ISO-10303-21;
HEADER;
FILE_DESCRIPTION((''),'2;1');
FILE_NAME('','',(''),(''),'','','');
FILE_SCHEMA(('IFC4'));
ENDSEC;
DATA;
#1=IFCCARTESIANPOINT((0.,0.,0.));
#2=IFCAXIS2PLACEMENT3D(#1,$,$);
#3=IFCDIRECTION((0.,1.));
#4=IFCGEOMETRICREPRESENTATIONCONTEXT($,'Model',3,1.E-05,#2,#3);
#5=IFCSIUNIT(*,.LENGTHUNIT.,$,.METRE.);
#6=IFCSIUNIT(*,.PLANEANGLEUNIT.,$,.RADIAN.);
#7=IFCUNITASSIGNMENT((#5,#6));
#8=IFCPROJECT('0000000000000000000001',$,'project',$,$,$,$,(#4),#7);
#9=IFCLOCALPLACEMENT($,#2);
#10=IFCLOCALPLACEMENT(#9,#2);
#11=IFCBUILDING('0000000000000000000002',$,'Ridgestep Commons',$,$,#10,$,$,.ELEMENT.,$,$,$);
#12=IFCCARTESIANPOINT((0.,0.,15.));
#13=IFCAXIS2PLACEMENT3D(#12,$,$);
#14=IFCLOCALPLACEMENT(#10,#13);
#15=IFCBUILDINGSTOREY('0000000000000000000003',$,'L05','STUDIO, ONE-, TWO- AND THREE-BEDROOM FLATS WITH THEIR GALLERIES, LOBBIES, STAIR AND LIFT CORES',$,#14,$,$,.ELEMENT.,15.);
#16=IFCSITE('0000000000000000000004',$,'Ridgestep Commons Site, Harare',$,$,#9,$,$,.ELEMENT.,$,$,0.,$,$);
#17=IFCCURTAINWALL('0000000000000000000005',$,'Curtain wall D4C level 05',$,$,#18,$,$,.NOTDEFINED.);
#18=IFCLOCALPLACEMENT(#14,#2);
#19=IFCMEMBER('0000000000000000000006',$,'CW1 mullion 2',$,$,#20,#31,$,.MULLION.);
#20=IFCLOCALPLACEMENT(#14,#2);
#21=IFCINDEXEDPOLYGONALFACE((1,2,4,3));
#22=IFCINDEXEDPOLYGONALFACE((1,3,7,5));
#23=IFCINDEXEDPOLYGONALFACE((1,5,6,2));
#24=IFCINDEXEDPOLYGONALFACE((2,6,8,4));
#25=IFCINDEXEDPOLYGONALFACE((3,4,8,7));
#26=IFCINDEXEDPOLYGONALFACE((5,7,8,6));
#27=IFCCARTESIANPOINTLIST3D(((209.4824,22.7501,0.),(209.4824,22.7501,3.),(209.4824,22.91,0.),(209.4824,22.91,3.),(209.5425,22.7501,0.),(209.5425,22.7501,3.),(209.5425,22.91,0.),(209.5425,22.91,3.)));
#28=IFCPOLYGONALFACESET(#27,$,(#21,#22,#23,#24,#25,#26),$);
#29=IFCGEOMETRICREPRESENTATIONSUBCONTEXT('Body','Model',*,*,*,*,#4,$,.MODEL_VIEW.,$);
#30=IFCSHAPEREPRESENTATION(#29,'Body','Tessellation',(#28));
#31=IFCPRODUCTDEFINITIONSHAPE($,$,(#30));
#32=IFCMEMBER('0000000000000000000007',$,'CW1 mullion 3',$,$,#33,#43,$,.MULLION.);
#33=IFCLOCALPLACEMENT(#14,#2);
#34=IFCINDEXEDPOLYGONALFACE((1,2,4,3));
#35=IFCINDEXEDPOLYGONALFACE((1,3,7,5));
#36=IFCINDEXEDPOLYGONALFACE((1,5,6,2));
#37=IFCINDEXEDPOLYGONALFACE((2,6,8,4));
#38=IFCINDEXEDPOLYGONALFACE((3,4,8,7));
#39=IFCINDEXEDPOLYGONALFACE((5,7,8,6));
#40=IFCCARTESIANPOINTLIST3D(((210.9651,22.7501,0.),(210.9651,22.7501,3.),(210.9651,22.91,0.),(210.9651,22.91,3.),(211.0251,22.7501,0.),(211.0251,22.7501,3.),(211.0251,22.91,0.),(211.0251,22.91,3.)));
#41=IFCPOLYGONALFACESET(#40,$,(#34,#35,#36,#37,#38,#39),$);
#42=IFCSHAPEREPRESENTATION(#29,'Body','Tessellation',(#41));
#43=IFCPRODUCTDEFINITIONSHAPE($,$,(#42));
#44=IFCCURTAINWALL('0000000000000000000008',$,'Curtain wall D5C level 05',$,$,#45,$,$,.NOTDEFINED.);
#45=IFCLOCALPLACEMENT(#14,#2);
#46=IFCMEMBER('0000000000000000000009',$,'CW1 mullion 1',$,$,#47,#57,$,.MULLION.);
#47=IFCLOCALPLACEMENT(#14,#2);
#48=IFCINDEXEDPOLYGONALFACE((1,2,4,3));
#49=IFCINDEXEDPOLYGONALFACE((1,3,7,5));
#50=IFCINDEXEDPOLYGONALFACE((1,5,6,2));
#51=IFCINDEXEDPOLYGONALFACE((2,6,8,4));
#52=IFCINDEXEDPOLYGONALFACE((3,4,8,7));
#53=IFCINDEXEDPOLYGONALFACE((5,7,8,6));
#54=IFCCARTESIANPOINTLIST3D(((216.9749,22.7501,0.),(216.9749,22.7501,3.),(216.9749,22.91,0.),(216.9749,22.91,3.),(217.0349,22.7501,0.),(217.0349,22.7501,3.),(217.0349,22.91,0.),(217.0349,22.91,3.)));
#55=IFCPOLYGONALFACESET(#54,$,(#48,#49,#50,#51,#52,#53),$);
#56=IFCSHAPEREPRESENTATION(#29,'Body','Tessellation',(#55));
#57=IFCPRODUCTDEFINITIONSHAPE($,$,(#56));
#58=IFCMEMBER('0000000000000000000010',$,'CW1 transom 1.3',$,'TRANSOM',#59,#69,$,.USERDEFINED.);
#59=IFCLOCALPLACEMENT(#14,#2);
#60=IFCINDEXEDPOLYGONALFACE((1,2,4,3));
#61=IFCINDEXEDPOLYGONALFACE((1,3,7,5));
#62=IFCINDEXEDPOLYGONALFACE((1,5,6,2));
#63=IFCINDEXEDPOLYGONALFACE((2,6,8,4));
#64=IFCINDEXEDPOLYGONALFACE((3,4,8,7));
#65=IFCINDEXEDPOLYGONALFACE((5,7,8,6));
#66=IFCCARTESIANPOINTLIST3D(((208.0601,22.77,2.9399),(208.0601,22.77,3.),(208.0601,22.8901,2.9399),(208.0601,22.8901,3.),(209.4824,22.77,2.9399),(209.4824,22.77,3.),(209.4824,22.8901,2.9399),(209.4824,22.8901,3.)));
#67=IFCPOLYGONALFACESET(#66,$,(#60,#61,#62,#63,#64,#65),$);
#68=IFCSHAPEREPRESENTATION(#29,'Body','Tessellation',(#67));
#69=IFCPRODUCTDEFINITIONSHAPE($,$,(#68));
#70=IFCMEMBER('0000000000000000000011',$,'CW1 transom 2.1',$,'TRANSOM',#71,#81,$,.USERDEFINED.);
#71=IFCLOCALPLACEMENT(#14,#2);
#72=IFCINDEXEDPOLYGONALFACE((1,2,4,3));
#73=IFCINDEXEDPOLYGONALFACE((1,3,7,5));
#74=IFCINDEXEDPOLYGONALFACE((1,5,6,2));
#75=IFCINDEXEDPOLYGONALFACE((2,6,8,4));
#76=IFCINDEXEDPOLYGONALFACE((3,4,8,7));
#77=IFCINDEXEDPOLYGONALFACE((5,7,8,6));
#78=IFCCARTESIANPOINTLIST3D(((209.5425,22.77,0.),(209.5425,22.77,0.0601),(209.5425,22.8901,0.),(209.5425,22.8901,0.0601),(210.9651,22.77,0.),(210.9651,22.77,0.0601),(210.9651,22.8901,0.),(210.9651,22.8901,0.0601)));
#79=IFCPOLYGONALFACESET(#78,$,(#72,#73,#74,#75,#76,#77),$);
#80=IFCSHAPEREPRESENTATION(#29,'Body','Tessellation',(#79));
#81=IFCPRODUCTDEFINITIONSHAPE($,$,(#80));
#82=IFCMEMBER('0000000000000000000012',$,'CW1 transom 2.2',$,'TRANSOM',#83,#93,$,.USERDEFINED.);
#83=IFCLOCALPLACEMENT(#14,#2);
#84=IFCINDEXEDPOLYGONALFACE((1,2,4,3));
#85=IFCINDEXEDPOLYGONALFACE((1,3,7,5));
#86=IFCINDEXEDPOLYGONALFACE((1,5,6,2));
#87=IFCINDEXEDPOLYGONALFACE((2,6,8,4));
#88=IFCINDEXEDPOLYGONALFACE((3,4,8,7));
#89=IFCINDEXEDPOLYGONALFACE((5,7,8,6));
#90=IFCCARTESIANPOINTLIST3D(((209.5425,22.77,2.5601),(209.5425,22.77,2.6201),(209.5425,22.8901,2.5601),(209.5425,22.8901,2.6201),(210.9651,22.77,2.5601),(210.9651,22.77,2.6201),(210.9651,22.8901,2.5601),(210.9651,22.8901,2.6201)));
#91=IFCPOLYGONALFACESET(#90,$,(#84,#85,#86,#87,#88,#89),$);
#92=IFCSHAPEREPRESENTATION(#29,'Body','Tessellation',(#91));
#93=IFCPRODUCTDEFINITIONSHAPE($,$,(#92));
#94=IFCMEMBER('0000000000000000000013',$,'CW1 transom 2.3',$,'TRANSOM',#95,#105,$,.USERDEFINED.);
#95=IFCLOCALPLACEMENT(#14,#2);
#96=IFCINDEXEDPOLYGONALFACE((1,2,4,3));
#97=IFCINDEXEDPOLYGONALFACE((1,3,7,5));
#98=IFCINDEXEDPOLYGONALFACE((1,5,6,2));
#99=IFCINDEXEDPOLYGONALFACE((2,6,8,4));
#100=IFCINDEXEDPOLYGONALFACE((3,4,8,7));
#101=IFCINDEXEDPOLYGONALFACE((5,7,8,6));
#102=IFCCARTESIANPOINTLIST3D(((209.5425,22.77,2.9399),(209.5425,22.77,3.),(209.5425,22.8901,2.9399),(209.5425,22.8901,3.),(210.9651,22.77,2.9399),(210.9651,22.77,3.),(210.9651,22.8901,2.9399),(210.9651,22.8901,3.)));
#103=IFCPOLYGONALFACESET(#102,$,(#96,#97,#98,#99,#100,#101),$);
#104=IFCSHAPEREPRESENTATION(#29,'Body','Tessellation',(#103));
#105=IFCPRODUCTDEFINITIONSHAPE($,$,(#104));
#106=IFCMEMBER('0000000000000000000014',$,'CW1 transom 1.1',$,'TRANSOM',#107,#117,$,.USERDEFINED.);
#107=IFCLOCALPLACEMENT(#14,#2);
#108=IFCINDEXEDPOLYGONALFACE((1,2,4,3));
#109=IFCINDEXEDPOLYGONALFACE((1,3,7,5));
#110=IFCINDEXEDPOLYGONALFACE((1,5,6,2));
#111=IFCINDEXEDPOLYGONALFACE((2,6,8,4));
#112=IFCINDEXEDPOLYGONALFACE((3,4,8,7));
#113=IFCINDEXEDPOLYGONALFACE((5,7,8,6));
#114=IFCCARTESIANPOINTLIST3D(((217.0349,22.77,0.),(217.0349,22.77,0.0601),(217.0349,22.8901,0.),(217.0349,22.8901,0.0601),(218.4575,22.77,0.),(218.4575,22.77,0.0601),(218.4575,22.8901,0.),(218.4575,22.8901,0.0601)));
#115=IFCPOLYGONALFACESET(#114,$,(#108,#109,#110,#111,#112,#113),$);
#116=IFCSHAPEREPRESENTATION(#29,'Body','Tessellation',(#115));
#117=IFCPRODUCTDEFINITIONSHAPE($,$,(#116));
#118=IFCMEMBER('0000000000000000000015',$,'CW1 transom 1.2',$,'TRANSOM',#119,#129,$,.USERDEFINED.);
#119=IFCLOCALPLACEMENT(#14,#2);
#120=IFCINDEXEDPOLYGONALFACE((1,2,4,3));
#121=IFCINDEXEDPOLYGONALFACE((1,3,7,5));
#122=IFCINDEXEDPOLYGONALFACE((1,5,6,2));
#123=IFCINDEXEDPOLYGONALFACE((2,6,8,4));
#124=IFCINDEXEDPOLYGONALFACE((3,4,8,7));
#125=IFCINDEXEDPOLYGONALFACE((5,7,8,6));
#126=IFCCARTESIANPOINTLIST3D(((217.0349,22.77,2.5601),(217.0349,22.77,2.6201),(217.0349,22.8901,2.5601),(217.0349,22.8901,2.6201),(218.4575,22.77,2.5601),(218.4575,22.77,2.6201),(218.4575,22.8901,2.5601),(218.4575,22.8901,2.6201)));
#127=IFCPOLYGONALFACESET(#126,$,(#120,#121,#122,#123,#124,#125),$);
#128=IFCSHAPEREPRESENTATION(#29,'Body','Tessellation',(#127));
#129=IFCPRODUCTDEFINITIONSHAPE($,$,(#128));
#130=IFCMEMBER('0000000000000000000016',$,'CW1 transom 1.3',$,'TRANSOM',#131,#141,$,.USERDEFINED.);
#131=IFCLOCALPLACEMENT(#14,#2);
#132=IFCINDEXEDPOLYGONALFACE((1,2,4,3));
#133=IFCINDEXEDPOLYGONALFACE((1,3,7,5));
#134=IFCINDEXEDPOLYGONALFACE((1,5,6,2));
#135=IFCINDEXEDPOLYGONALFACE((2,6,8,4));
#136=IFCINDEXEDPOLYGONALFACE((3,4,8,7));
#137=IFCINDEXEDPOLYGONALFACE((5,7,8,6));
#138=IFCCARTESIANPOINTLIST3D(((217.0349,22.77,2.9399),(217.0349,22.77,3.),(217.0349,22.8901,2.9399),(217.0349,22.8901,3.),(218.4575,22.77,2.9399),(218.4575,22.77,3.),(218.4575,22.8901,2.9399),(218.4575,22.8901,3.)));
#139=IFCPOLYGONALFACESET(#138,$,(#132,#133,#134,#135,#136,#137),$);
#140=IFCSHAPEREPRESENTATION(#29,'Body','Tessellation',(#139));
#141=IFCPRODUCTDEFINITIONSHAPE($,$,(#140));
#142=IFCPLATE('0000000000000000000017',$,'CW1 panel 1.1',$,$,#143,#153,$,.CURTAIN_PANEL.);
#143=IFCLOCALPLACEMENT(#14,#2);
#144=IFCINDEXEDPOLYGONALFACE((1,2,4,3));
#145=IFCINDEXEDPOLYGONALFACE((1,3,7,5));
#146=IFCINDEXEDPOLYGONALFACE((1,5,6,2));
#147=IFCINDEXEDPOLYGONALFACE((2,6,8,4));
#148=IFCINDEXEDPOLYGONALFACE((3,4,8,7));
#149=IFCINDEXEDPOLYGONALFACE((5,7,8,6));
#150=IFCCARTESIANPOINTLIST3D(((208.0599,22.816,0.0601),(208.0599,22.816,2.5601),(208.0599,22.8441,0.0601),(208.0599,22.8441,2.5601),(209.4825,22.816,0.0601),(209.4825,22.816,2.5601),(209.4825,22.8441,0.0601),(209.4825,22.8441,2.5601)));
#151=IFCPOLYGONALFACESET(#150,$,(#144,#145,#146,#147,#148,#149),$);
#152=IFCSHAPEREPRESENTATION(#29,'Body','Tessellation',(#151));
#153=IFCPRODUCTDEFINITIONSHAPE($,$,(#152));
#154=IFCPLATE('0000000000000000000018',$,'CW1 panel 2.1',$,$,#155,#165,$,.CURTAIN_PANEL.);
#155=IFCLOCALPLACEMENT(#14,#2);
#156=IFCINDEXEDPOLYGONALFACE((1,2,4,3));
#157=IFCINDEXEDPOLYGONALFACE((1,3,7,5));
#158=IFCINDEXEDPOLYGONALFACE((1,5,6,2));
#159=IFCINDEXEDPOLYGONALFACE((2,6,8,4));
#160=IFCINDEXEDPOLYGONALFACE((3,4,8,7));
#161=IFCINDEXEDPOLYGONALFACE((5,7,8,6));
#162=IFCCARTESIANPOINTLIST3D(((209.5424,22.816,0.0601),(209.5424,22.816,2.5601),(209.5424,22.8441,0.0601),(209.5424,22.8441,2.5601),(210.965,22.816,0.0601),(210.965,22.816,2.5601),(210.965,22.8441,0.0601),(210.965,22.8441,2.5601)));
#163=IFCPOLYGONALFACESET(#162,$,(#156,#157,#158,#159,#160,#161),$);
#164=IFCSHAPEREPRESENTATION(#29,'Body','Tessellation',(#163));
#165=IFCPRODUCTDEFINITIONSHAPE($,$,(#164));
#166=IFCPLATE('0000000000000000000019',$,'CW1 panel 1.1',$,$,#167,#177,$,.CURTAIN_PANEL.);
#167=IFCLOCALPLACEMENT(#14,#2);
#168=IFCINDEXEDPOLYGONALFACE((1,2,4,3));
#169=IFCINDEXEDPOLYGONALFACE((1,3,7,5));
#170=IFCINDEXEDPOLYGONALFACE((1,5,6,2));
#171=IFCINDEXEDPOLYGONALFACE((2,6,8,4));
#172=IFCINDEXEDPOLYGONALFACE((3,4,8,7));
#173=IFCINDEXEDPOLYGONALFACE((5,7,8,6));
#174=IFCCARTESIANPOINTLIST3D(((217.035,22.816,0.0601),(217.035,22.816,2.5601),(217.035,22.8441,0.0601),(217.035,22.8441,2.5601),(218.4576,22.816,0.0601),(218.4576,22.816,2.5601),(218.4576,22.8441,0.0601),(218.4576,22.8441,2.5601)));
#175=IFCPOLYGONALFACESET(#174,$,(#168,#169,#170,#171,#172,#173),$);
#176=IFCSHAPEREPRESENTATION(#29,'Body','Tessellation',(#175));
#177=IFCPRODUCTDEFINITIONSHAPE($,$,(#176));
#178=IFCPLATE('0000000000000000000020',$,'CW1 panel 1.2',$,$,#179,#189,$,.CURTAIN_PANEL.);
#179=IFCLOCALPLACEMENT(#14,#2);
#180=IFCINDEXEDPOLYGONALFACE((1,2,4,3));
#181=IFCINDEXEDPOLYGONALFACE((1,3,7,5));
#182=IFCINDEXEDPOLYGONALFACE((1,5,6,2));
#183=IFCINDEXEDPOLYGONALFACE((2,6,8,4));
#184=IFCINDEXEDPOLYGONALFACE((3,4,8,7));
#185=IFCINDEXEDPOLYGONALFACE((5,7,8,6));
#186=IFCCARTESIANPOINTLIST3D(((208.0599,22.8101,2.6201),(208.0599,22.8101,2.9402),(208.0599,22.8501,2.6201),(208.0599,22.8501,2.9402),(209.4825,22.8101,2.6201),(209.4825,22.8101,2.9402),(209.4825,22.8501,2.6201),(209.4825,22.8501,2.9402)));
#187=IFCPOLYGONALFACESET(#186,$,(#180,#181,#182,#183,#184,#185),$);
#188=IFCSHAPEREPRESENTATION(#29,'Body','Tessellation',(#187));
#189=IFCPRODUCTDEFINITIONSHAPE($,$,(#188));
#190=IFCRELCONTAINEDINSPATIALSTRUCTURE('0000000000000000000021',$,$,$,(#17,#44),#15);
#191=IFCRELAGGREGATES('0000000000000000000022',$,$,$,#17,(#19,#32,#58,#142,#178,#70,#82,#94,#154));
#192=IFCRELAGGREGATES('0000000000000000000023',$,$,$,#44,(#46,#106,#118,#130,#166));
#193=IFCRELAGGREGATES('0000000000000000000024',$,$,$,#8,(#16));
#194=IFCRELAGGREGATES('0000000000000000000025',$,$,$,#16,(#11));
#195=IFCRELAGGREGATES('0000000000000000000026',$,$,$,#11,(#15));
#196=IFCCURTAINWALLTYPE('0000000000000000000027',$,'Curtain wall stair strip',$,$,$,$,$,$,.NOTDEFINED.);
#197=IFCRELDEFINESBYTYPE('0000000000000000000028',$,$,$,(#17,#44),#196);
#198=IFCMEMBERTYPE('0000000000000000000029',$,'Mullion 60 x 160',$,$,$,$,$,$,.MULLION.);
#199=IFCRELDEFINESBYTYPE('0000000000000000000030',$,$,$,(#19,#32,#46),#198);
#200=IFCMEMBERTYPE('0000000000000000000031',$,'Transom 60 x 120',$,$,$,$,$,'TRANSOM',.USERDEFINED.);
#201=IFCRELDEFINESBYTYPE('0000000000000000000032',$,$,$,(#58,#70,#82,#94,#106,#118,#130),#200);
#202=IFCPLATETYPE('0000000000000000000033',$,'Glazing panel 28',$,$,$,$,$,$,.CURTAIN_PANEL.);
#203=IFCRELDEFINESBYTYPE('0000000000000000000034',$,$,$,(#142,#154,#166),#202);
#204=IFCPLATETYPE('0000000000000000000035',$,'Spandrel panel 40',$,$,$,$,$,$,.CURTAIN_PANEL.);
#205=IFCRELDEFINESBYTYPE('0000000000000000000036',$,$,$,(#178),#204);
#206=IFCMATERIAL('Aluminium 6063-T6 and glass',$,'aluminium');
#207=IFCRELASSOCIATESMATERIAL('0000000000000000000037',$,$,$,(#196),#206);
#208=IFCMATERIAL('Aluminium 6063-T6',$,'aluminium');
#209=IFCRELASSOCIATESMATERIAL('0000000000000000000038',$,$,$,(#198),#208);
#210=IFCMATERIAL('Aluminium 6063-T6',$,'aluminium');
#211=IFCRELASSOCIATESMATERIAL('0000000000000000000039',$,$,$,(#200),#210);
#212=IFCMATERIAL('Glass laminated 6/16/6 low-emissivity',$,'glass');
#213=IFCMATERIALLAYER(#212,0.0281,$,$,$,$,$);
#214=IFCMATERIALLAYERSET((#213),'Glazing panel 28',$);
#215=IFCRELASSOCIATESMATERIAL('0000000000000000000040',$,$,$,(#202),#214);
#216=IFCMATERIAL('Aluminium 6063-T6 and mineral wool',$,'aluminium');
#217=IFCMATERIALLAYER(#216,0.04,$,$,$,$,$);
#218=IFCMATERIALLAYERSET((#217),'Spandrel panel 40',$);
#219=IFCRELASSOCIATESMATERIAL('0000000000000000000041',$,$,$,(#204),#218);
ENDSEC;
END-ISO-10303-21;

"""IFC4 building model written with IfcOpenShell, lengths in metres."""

from ifc_helpers import new_model, si_unit, direction, frame, origin, origin_2d, place, context, subcontext, project, spatial, rectangle, extrude, material, layer, layer_set, material_profile, profile_set, type_object, element, aggregate, save


model = new_model("IFC4")

# Units and contexts
model_context = context("Model", 3, precision=1e-05, world=origin(), true_north=direction((0.0, 1.0)))
body_context = subcontext(model_context, "Body", "Model", "MODEL_VIEW")
ifc_project = project(units=[si_unit("LENGTHUNIT", "METRE"), si_unit("PLANEANGLEUNIT", "RADIAN")], contexts=[model_context])

# Site, building, storey
site_placement = place(None, origin())
site = spatial("IfcSite", under=ifc_project, at=site_placement, Name="Ridgestep Commons Site, Harare", CompositionType="ELEMENT", RefElevation=0.0)
building_placement = place(site_placement, origin())
building = spatial("IfcBuilding", under=site, at=building_placement, Name="Ridgestep Commons", CompositionType="ELEMENT")
storey_placement = place(building_placement, frame((0.0, 0.0, 15.0)))
storey = spatial("IfcBuildingStorey", under=building, at=storey_placement, Name="L05", Description="STUDIO, ONE-, TWO- AND THREE-BEDROOM FLATS WITH THEIR GALLERIES, LOBBIES, STAIR AND LIFT CORES", CompositionType="ELEMENT", Elevation=15.0)

# Curtain wall, members
ifc_material_1 = material(Name="Aluminium 6063-T6 and glass", Category="aluminium")
curtain_wall_type = type_object("IfcCurtainWallType", Name="Curtain wall stair strip", PredefinedType="NOTDEFINED", material=ifc_material_1)
curtain_wall_1_placement = place(storey_placement, origin())
curtain_wall_1 = element("IfcCurtainWall", 1, at=curtain_wall_1_placement, inside=storey, type_object=curtain_wall_type, Name="Curtain wall D4C level 05", PredefinedType="NOTDEFINED")
ifc_material_2 = material(Name="Aluminium 6063-T6", Category="aluminium")
ifc_material_profile_1 = material_profile(ifc_material_2, rectangle(XDim=0.1599, YDim=0.0601, at=origin_2d()), Name="Mullion 60 x 160")
ifc_profile_set_1 = profile_set([ifc_material_profile_1], Name="Aluminium 6063-T6")
member_type_1 = type_object("IfcMemberType", Name="Mullion 60 x 160", PredefinedType="MULLION", material=ifc_profile_set_1)
member_1_placement = place(storey_placement, frame((209.5125, 22.8301, 0.0), z_axis=(0.0, 0.0, 1.0), x_axis=(0.0, 1.0, 0.0)))
member_1 = element("IfcMember", 2, at=member_1_placement, type_object=member_type_1, Name="CW1 mullion 2", PredefinedType="MULLION", context=body_context, shape_type="SweptSolid", body=[
    extrude(rectangle(XDim=0.1599, YDim=0.0601, at=origin_2d()), origin(), (0.0, 0.0, 1.0), 3.0),
])
member_2_placement = place(storey_placement, frame((210.9951, 22.8301, 0.0), z_axis=(0.0, 0.0, 1.0), x_axis=(0.0, 1.0, 0.0)))
member_2 = element("IfcMember", 3, at=member_2_placement, type_object=member_type_1, Name="CW1 mullion 3", PredefinedType="MULLION", context=body_context, shape_type="SweptSolid", body=[
    extrude(rectangle(XDim=0.1599, YDim=0.0601, at=origin_2d()), origin(), (0.0, 0.0, 1.0), 3.0),
])

# Curtain wall, member
curtain_wall_2_placement = place(storey_placement, origin())
curtain_wall_2 = element("IfcCurtainWall", 4, at=curtain_wall_2_placement, inside=storey, type_object=curtain_wall_type, Name="Curtain wall D5C level 05", PredefinedType="NOTDEFINED")
member_3_placement = place(storey_placement, frame((217.0049, 22.8301, 0.0), z_axis=(0.0, 0.0, 1.0), x_axis=(0.0, 1.0, 0.0)))
member_3 = element("IfcMember", 5, at=member_3_placement, type_object=member_type_1, Name="CW1 mullion 1", PredefinedType="MULLION", context=body_context, shape_type="SweptSolid", body=[
    extrude(rectangle(XDim=0.1599, YDim=0.0601, at=origin_2d()), origin(), (0.0, 0.0, 1.0), 3.0),
])

# Members
ifc_material_3 = material(Name="Aluminium 6063-T6", Category="aluminium")
ifc_material_profile_2 = material_profile(ifc_material_3, rectangle(XDim=0.1201, YDim=0.0601, at=origin_2d()), Name="Transom 60 x 120")
ifc_profile_set_2 = profile_set([ifc_material_profile_2], Name="Aluminium 6063-T6")
member_type_2 = type_object("IfcMemberType", Name="Transom 60 x 120", ElementType="TRANSOM", PredefinedType="USERDEFINED", material=ifc_profile_set_2)
member_4_placement = place(storey_placement, frame((208.0601, 22.8301, 2.97), z_axis=(1.0, 0.0, 0.0), x_axis=(0.0, 1.0, 0.0)))
member_4 = element("IfcMember", 6, at=member_4_placement, type_object=member_type_2, Name="CW1 transom 1.3", ObjectType="TRANSOM", PredefinedType="USERDEFINED", context=body_context, shape_type="SweptSolid", body=[
    extrude(rectangle(XDim=0.1201, YDim=0.0601, at=origin_2d()), origin(), (0.0, 0.0, 1.0), 1.4224),
])
member_5_placement = place(storey_placement, frame((209.5425, 22.8301, 0.03), z_axis=(1.0, 0.0, 0.0), x_axis=(0.0, 1.0, 0.0)))
member_5 = element("IfcMember", 7, at=member_5_placement, type_object=member_type_2, Name="CW1 transom 2.1", ObjectType="TRANSOM", PredefinedType="USERDEFINED", context=body_context, shape_type="SweptSolid", body=[
    extrude(rectangle(XDim=0.1201, YDim=0.0601, at=origin_2d()), origin(), (0.0, 0.0, 1.0), 1.4226),
])
member_6_placement = place(storey_placement, frame((209.5425, 22.8301, 2.5901), z_axis=(1.0, 0.0, 0.0), x_axis=(0.0, 1.0, 0.0)))
member_6 = element("IfcMember", 8, at=member_6_placement, type_object=member_type_2, Name="CW1 transom 2.2", ObjectType="TRANSOM", PredefinedType="USERDEFINED", context=body_context, shape_type="SweptSolid", body=[
    extrude(rectangle(XDim=0.1201, YDim=0.0601, at=origin_2d()), origin(), (0.0, 0.0, 1.0), 1.4226),
])
member_7_placement = place(storey_placement, frame((209.5425, 22.8301, 2.97), z_axis=(1.0, 0.0, 0.0), x_axis=(0.0, 1.0, 0.0)))
member_7 = element("IfcMember", 9, at=member_7_placement, type_object=member_type_2, Name="CW1 transom 2.3", ObjectType="TRANSOM", PredefinedType="USERDEFINED", context=body_context, shape_type="SweptSolid", body=[
    extrude(rectangle(XDim=0.1201, YDim=0.0601, at=origin_2d()), origin(), (0.0, 0.0, 1.0), 1.4226),
])
member_8_placement = place(storey_placement, frame((217.0349, 22.8301, 0.03), z_axis=(1.0, 0.0, 0.0), x_axis=(0.0, 1.0, 0.0)))
member_8 = element("IfcMember", 10, at=member_8_placement, type_object=member_type_2, Name="CW1 transom 1.1", ObjectType="TRANSOM", PredefinedType="USERDEFINED", context=body_context, shape_type="SweptSolid", body=[
    extrude(rectangle(XDim=0.1201, YDim=0.0601, at=origin_2d()), origin(), (0.0, 0.0, 1.0), 1.4226),
])
member_9_placement = place(storey_placement, frame((217.0349, 22.8301, 2.5901), z_axis=(1.0, 0.0, 0.0), x_axis=(0.0, 1.0, 0.0)))
member_9 = element("IfcMember", 11, at=member_9_placement, type_object=member_type_2, Name="CW1 transom 1.2", ObjectType="TRANSOM", PredefinedType="USERDEFINED", context=body_context, shape_type="SweptSolid", body=[
    extrude(rectangle(XDim=0.1201, YDim=0.0601, at=origin_2d()), origin(), (0.0, 0.0, 1.0), 1.4226),
])
member_10_placement = place(storey_placement, frame((217.0349, 22.8301, 2.97), z_axis=(1.0, 0.0, 0.0), x_axis=(0.0, 1.0, 0.0)))
member_10 = element("IfcMember", 12, at=member_10_placement, type_object=member_type_2, Name="CW1 transom 1.3", ObjectType="TRANSOM", PredefinedType="USERDEFINED", context=body_context, shape_type="SweptSolid", body=[
    extrude(rectangle(XDim=0.1201, YDim=0.0601, at=origin_2d()), origin(), (0.0, 0.0, 1.0), 1.4226),
])

# Plates
ifc_material_4 = material(Name="Glass laminated 6/16/6 low-emissivity", Category="glass")
ifc_layer_1 = layer(ifc_material_4, 0.0281)
ifc_layer_set_1 = layer_set([ifc_layer_1], Name="Glazing panel 28")
plate_type_1 = type_object("IfcPlateType", Name="Glazing panel 28", PredefinedType="CURTAIN_PANEL", material=ifc_layer_set_1)
plate_1_placement = place(storey_placement, frame((208.7712, 22.8301, 0.0601), z_axis=(0.0, 0.0, 1.0), x_axis=(1.0, 0.0, 0.0)))
plate_1 = element("IfcPlate", 13, at=plate_1_placement, type_object=plate_type_1, Name="CW1 panel 1.1", PredefinedType="CURTAIN_PANEL", context=body_context, shape_type="SweptSolid", body=[
    extrude(rectangle(XDim=1.4226, YDim=0.0281, at=origin_2d()), origin(), (0.0, 0.0, 1.0), 2.5),
])
plate_2_placement = place(storey_placement, frame((210.2537, 22.8301, 0.0601), z_axis=(0.0, 0.0, 1.0), x_axis=(1.0, 0.0, 0.0)))
plate_2 = element("IfcPlate", 14, at=plate_2_placement, type_object=plate_type_1, Name="CW1 panel 2.1", PredefinedType="CURTAIN_PANEL", context=body_context, shape_type="SweptSolid", body=[
    extrude(rectangle(XDim=1.4226, YDim=0.0281, at=origin_2d()), origin(), (0.0, 0.0, 1.0), 2.5),
])
plate_3_placement = place(storey_placement, frame((217.7463, 22.8301, 0.0601), z_axis=(0.0, 0.0, 1.0), x_axis=(1.0, 0.0, 0.0)))
plate_3 = element("IfcPlate", 15, at=plate_3_placement, type_object=plate_type_1, Name="CW1 panel 1.1", PredefinedType="CURTAIN_PANEL", context=body_context, shape_type="SweptSolid", body=[
    extrude(rectangle(XDim=1.4226, YDim=0.0281, at=origin_2d()), origin(), (0.0, 0.0, 1.0), 2.5),
])
ifc_material_5 = material(Name="Aluminium 6063-T6 and mineral wool", Category="aluminium")
ifc_layer_2 = layer(ifc_material_5, 0.04)
ifc_layer_set_2 = layer_set([ifc_layer_2], Name="Spandrel panel 40")
plate_type_2 = type_object("IfcPlateType", Name="Spandrel panel 40", PredefinedType="CURTAIN_PANEL", material=ifc_layer_set_2)
plate_4_placement = place(storey_placement, frame((208.7712, 22.8301, 2.6201), z_axis=(0.0, 0.0, 1.0), x_axis=(1.0, 0.0, 0.0)))
plate_4 = element("IfcPlate", 16, at=plate_4_placement, type_object=plate_type_2, Name="CW1 panel 1.2", PredefinedType="CURTAIN_PANEL", context=body_context, shape_type="SweptSolid", body=[
    extrude(rectangle(XDim=1.4226, YDim=0.04, at=origin_2d()), origin(), (0.0, 0.0, 1.0), 0.3201),
])
aggregate(curtain_wall_1, [member_1, member_2, member_4, plate_1, plate_4, member_5, member_6, member_7, plate_2])
aggregate(curtain_wall_2, [member_3, member_8, member_9, member_10, plate_3])

save(model, "model.ifc")
